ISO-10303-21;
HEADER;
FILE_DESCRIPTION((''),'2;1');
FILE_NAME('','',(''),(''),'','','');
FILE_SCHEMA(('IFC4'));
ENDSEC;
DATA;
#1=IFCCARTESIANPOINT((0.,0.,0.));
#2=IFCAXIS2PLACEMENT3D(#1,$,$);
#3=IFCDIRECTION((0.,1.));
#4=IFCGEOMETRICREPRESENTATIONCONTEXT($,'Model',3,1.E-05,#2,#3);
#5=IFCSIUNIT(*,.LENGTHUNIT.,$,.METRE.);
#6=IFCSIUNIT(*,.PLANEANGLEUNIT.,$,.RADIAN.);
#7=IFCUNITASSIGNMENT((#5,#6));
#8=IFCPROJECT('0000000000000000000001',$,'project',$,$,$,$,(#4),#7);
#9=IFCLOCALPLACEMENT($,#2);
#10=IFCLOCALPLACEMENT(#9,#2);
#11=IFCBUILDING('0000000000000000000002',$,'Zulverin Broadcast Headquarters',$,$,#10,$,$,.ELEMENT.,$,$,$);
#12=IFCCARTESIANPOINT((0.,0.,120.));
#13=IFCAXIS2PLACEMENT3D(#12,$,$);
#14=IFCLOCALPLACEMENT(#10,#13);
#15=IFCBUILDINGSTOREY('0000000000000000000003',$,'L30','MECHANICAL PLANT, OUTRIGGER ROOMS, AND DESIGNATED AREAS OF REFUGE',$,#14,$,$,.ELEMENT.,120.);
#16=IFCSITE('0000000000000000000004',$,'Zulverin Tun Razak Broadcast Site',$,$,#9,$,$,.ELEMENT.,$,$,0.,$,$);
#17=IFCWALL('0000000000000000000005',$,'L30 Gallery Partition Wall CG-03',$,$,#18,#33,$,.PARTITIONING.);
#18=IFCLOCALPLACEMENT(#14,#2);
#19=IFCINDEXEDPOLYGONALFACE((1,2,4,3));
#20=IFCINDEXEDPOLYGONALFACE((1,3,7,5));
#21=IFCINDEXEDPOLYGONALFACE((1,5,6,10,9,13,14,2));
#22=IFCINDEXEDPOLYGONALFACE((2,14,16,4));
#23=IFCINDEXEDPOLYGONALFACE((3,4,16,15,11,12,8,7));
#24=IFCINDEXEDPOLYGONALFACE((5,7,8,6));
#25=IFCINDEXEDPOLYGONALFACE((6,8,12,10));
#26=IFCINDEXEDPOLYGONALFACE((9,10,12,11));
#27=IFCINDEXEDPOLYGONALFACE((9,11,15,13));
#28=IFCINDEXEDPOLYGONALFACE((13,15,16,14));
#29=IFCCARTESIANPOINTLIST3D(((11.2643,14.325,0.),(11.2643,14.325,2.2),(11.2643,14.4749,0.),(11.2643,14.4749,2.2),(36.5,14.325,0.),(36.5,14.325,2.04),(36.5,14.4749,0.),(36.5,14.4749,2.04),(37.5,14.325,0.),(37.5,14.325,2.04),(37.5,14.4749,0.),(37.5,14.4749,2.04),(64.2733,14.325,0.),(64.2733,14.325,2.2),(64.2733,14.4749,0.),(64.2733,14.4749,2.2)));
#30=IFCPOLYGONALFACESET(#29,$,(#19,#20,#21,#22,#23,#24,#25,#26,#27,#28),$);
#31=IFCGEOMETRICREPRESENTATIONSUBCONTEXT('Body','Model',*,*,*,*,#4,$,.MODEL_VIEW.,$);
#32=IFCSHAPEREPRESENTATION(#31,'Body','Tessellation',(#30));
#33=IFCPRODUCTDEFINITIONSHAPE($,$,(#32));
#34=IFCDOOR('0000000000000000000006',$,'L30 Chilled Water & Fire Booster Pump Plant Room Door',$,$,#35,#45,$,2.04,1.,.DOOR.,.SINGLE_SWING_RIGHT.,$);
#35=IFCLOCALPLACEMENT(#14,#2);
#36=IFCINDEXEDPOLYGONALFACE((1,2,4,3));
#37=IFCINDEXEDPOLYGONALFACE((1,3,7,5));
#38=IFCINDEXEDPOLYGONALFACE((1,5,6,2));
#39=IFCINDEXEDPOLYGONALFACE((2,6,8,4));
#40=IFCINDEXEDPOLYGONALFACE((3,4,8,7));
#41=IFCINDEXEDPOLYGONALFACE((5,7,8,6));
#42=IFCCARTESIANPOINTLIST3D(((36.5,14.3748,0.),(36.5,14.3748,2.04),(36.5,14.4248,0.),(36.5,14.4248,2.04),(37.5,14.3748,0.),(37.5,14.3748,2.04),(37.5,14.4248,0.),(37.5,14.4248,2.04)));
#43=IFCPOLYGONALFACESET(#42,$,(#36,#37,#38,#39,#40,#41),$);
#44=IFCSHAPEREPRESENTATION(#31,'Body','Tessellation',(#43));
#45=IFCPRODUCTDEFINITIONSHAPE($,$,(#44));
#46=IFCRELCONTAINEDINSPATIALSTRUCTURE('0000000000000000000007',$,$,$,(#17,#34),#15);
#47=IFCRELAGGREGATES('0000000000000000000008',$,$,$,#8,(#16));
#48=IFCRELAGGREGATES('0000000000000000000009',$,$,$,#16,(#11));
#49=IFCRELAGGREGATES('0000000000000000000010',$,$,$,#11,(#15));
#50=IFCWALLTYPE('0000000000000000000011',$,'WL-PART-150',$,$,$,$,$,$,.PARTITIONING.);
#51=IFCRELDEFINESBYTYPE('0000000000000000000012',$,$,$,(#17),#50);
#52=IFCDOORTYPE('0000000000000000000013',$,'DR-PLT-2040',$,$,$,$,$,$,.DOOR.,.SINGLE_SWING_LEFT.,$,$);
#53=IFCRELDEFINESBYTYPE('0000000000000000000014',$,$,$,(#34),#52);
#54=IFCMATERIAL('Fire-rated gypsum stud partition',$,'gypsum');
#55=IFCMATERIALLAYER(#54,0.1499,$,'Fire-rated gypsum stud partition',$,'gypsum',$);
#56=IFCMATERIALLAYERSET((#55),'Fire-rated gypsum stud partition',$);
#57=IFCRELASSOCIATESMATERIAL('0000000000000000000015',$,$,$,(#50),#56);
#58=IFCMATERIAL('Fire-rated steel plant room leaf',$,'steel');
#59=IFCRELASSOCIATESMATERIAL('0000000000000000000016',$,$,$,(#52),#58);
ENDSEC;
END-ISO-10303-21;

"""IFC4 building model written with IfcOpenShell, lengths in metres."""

from ifc_helpers import new_model, si_unit, direction, frame, frame_2d, origin, place, context, subcontext, project, spatial, rectangle, extrude, material, layer, layer_set, type_object, element, fill, save


model = new_model("IFC4")

# Units and contexts
model_context = context("Model", 3, precision=1e-05, world=origin(), true_north=direction((0.0, 1.0)))
body_context = subcontext(model_context, "Body", "Model", "MODEL_VIEW")
ifc_project = project(units=[si_unit("LENGTHUNIT", "METRE"), si_unit("PLANEANGLEUNIT", "RADIAN")], contexts=[model_context])

# Site, building, storey
site_placement = place(None, origin())
site = spatial("IfcSite", under=ifc_project, at=site_placement, Name="Zulverin Tun Razak Broadcast Site", CompositionType="ELEMENT", RefElevation=0.0)
building_placement = place(site_placement, origin())
building = spatial("IfcBuilding", under=site, at=building_placement, Name="Zulverin Broadcast Headquarters", CompositionType="ELEMENT")
storey_placement = place(building_placement, frame((0.0, 0.0, 120.0)))
storey = spatial("IfcBuildingStorey", under=building, at=storey_placement, Name="L30", Description="MECHANICAL PLANT, OUTRIGGER ROOMS, AND DESIGNATED AREAS OF REFUGE", CompositionType="ELEMENT", Elevation=120.0)

# Wall, opening, door
ifc_material_1 = material(Name="Fire-rated gypsum stud partition", Category="gypsum")
ifc_layer_1 = layer(ifc_material_1, 0.1499, Name="Fire-rated gypsum stud partition", Category="gypsum")
ifc_layer_set_1 = layer_set([ifc_layer_1], Name="Fire-rated gypsum stud partition")
wall_type_1 = type_object("IfcWallType", Name="WL-PART-150", PredefinedType="PARTITIONING", material=ifc_layer_set_1)
wall_1_placement = place(storey_placement, frame((11.2644, 14.3999, 0.0), z_axis=(0.0, 0.0, 1.0), x_axis=(1.0, 0.0, 0.0)))
wall_1 = element("IfcWall", 1, at=wall_1_placement, inside=storey, type_object=wall_type_1, Name="L30 Gallery Partition Wall CG-03", PredefinedType="PARTITIONING", context=body_context, shape_type="SweptSolid", body=[
    extrude(rectangle(XDim=53.009, YDim=0.1499, at=frame_2d((26.5044, 0.0))), origin(), (0.0, 0.0, 1.0), 2.2),
])
opening_placement = place(wall_1_placement, frame((25.2356, 0.0, 0.0)))
opening = element("IfcOpeningElement", 2, at=opening_placement, cuts=wall_1, PredefinedType="OPENING", context=body_context, shape_type="SweptSolid", body=[
    extrude(rectangle(XDim=1.0, YDim=2.04, at=frame_2d((0.5, 1.02))), frame((0.0, 0.085, 0.0), z_axis=(0.0, -1.0, 0.0), x_axis=(1.0, 0.0, 0.0)), (0.0, 0.0, 1.0), 0.1699),
])
ifc_material_2 = material(Name="Fire-rated steel plant room leaf", Category="steel")
door_type = type_object("IfcDoorType", Name="DR-PLT-2040", OperationType="SINGLE_SWING_LEFT", PredefinedType="DOOR", material=ifc_material_2)
door_placement = place(opening_placement, origin())
door = element("IfcDoor", 3, at=door_placement, inside=storey, type_object=door_type, Name="L30 Chilled Water & Fire Booster Pump Plant Room Door", OperationType="SINGLE_SWING_RIGHT", OverallHeight=2.04, OverallWidth=1.0, PredefinedType="DOOR", context=body_context, shape_type="SweptSolid", body=[
    extrude(rectangle(XDim=1.0, YDim=2.04, at=frame_2d((0.5, 1.02))), frame((0.0, 0.0249, 0.0), z_axis=(0.0, -1.0, 0.0), x_axis=(1.0, 0.0, 0.0)), (0.0, 0.0, 1.0), 0.05),
])
fill(opening, door)

save(model, "model.ifc")
